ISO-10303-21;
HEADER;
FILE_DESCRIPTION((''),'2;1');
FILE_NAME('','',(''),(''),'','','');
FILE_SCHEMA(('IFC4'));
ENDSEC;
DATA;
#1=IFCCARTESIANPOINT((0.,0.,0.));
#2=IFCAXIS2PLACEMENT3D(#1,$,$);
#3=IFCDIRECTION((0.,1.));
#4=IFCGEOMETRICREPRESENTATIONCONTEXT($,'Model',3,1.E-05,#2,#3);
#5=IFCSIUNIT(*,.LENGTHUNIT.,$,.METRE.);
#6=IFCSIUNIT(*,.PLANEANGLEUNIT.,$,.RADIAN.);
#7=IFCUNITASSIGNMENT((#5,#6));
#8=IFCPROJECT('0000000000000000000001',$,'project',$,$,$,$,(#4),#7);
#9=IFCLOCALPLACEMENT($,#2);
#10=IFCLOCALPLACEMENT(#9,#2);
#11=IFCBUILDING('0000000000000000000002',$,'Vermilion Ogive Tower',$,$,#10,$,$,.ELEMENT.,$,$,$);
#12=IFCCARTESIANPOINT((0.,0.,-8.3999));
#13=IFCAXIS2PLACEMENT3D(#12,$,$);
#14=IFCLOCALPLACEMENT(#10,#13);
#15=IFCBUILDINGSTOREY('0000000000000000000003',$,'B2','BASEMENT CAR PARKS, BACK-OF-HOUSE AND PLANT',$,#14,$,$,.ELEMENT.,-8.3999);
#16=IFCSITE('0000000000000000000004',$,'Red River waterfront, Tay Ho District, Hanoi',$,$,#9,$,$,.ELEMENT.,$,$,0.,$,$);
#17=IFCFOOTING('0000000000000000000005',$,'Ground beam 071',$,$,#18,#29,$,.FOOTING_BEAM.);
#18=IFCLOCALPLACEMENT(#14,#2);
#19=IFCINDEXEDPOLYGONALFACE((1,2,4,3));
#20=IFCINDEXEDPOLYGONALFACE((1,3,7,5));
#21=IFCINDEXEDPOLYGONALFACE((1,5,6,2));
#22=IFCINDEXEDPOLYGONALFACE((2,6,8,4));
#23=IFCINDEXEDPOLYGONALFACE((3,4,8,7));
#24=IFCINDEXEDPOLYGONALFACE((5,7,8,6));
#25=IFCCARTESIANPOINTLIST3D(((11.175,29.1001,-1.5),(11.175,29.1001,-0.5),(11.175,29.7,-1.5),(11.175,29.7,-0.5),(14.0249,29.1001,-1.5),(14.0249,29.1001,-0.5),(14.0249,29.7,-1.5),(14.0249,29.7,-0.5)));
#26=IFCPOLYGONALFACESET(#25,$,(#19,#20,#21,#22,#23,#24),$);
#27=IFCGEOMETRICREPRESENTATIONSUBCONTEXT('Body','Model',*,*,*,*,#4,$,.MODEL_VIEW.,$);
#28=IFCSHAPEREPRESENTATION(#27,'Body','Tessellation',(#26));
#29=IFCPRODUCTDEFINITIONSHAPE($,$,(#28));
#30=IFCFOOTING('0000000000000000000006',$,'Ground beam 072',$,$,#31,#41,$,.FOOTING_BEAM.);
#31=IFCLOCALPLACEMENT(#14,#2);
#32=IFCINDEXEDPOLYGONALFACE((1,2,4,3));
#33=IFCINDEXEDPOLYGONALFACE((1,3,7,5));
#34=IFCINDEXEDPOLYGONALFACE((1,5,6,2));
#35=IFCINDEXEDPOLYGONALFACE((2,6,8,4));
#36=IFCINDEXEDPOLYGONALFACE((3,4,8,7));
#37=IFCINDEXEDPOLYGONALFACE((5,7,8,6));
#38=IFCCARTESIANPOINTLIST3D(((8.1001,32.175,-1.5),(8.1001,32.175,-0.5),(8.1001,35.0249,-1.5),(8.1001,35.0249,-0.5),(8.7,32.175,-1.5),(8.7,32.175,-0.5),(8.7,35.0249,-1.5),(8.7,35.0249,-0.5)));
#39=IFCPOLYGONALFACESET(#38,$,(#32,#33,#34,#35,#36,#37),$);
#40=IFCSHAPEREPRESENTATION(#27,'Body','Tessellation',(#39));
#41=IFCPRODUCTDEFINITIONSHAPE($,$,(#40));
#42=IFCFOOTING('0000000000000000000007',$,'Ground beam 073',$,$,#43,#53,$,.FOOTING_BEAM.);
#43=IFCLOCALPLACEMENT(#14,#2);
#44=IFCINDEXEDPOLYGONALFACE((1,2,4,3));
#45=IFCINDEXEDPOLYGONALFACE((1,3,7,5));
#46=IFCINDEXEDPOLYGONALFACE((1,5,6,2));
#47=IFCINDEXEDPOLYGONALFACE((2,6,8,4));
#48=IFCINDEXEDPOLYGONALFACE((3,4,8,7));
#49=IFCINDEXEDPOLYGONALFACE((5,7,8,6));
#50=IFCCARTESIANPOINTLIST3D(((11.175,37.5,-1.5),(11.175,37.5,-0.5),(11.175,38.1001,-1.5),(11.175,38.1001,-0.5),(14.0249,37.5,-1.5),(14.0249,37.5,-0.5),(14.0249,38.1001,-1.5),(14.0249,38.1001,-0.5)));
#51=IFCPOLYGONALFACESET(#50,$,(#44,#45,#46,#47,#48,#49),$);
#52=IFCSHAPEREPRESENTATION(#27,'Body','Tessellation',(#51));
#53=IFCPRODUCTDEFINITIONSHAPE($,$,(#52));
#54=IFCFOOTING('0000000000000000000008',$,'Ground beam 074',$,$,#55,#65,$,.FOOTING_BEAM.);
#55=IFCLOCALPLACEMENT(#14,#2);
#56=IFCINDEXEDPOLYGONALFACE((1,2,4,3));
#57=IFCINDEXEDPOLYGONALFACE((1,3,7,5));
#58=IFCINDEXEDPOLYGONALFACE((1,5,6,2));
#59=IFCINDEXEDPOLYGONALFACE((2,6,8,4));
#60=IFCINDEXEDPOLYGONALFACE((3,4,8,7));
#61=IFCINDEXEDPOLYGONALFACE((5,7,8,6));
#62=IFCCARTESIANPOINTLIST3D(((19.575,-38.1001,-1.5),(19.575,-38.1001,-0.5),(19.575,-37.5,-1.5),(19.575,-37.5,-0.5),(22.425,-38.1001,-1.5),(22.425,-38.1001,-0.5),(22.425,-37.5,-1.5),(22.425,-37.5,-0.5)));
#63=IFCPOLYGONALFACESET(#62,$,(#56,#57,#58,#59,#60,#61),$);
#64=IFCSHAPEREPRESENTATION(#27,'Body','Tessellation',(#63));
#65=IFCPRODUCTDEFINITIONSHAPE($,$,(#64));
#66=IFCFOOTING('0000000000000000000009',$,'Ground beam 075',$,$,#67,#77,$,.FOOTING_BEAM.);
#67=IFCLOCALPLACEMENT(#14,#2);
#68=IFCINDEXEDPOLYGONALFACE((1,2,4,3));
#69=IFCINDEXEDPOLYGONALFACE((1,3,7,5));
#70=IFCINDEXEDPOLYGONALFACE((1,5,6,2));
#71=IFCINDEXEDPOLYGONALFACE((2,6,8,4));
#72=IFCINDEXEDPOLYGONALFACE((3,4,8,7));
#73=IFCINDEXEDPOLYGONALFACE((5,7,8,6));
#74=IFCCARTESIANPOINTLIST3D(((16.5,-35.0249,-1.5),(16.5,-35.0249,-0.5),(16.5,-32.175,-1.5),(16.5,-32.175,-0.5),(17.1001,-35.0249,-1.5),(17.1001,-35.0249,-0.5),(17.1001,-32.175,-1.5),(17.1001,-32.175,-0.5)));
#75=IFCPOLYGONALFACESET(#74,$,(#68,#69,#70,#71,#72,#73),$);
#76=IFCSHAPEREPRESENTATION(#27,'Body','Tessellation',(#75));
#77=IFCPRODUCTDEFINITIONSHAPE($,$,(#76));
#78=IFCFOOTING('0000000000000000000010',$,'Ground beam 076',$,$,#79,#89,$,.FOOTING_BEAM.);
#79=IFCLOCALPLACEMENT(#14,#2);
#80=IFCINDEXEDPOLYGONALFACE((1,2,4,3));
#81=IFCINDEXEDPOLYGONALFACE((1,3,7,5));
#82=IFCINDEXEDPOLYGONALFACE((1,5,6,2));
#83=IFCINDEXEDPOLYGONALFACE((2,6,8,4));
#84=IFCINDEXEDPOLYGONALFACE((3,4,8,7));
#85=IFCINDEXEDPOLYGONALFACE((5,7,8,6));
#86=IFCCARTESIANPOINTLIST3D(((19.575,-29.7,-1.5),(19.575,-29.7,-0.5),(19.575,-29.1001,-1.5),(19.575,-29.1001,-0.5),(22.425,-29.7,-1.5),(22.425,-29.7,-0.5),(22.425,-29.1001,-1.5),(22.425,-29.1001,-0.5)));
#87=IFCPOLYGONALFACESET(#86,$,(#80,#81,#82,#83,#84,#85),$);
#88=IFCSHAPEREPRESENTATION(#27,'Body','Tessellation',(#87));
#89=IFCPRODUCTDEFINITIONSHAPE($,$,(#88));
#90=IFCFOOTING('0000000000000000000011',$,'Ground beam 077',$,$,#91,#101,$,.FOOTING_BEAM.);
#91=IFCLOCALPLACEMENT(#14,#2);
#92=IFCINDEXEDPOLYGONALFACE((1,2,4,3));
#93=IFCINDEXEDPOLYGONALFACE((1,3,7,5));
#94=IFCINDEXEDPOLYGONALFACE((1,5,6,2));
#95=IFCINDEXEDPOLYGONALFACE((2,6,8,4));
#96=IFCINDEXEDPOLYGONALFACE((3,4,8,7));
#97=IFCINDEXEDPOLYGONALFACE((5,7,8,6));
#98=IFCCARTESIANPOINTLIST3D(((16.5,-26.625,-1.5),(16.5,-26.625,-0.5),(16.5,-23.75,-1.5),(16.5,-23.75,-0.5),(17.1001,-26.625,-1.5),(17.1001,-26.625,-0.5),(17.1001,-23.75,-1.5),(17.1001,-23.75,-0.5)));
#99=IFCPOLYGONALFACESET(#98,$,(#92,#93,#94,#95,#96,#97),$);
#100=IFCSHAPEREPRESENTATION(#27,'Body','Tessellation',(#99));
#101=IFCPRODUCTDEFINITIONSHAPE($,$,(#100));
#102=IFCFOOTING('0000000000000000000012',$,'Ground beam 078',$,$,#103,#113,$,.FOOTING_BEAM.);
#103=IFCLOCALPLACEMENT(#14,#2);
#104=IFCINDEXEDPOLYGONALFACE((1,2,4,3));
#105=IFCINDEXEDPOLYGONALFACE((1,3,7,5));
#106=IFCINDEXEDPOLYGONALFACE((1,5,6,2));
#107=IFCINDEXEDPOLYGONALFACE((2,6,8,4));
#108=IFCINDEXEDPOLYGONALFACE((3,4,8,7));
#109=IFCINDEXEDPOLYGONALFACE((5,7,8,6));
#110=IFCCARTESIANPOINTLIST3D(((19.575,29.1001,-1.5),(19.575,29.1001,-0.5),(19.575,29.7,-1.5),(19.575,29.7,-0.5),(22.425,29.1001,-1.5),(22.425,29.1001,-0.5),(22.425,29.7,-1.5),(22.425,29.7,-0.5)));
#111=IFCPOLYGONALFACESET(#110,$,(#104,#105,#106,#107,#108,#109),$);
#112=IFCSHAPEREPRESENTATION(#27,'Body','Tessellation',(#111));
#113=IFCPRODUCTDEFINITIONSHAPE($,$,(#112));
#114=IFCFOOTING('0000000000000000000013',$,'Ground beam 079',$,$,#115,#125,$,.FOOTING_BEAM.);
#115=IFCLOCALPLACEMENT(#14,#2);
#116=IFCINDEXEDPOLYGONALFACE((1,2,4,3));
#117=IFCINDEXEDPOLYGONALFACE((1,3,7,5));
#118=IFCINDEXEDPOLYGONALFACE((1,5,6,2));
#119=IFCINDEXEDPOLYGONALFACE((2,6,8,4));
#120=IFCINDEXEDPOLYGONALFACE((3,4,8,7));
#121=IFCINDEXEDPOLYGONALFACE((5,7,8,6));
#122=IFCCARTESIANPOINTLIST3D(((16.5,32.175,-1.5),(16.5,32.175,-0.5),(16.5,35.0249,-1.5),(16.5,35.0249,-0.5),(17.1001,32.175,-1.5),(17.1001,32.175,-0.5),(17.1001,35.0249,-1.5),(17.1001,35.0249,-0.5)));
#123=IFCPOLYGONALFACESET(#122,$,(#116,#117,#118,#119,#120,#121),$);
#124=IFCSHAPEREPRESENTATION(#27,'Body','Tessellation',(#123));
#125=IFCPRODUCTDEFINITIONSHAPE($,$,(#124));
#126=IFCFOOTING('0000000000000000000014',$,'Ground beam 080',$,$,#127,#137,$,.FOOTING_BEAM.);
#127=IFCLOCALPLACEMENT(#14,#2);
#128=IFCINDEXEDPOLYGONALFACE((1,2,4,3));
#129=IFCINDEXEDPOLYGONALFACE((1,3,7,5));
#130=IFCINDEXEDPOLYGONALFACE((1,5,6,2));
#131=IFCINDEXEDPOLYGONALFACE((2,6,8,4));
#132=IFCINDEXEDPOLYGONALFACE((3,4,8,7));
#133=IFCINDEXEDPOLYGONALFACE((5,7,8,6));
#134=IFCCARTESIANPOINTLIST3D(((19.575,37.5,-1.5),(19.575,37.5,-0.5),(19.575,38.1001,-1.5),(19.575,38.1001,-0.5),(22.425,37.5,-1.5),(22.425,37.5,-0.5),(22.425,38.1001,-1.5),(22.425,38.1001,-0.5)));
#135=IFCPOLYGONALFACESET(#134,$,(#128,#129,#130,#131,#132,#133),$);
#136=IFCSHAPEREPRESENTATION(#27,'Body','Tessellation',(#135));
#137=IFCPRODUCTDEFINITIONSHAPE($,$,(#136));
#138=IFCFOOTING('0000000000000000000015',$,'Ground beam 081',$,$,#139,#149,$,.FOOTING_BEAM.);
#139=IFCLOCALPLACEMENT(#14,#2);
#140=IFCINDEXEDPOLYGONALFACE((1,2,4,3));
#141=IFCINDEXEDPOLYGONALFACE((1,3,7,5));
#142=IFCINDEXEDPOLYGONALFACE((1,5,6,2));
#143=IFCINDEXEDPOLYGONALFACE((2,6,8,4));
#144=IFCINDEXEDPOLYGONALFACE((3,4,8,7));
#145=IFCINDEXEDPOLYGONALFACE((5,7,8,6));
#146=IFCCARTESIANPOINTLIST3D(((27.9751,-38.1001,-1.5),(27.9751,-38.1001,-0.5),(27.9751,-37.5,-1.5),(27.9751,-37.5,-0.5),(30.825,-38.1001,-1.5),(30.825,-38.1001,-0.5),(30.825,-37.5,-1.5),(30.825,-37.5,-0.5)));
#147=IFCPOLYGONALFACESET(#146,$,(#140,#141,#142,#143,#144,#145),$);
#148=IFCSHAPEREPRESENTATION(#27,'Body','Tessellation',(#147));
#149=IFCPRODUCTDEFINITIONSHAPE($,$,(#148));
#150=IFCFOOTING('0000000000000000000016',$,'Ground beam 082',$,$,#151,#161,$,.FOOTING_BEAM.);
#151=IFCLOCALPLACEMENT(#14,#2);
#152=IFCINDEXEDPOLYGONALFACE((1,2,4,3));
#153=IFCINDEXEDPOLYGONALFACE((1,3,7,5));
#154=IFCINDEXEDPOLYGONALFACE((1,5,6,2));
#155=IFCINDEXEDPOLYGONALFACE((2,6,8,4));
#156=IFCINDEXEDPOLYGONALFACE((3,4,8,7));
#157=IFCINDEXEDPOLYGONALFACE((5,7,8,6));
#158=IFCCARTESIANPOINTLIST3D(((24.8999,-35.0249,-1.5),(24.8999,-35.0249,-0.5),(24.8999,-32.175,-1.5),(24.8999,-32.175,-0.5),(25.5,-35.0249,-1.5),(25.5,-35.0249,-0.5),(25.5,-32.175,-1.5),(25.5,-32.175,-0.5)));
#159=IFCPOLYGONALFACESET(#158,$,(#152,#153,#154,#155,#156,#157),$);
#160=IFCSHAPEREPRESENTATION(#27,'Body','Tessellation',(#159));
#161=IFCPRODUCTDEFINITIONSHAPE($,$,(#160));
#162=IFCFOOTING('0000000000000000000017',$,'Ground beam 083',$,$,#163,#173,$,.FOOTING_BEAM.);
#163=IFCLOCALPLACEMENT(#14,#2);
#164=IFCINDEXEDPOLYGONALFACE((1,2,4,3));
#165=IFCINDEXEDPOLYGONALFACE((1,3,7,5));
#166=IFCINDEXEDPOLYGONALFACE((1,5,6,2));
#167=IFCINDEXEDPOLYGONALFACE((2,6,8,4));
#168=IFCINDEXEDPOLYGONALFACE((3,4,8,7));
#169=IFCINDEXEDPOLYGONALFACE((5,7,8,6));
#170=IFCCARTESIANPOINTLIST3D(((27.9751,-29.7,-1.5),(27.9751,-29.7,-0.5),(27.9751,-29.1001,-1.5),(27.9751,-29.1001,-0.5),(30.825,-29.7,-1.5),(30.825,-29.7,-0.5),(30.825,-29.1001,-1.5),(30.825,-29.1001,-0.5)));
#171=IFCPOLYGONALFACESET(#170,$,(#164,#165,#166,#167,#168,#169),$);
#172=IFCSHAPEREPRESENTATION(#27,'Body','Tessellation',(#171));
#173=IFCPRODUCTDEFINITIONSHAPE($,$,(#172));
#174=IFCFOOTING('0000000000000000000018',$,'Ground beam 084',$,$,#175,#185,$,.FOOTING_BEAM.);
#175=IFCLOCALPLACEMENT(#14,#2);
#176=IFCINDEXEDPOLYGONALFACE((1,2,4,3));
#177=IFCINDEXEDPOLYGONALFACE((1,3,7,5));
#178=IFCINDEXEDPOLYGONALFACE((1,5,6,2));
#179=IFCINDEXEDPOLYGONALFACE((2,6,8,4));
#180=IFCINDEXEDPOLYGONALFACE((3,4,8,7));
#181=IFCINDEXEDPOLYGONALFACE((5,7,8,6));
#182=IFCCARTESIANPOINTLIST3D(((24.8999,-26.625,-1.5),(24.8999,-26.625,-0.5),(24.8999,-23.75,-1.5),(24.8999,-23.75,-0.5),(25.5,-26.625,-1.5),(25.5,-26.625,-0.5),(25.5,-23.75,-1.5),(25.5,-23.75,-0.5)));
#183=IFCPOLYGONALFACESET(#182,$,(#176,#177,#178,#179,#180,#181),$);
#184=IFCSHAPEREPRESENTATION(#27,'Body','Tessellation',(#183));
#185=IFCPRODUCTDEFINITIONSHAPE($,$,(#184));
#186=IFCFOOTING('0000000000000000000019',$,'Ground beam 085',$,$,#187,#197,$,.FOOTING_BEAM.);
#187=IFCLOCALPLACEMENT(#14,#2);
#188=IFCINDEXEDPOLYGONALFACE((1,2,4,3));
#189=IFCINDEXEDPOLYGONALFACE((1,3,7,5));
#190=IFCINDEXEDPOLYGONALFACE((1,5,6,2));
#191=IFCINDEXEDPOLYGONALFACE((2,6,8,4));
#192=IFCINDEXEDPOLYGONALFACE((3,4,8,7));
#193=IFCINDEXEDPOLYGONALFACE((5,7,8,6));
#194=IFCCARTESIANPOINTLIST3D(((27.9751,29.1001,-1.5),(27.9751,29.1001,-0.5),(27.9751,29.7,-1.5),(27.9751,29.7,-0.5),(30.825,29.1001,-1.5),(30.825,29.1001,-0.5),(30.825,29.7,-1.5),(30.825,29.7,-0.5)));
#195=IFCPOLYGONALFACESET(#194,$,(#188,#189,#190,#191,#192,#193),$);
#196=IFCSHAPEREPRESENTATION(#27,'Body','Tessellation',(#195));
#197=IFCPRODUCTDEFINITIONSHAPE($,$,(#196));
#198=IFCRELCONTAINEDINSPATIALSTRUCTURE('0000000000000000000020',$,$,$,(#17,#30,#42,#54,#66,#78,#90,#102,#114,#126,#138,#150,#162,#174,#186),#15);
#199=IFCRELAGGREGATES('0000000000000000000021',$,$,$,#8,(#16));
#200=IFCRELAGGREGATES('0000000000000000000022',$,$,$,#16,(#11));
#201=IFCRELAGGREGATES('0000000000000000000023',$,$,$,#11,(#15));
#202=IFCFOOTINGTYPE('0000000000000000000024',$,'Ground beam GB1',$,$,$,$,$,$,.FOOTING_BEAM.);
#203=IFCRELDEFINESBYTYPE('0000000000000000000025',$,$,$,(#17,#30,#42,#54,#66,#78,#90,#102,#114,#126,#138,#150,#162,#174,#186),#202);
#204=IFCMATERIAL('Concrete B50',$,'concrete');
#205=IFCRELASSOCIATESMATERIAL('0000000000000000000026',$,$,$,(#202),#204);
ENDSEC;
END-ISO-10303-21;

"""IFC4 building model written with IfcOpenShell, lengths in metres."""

from ifc_helpers import new_model, si_unit, direction, frame, origin, place, context, subcontext, project, spatial, polyline, outline, extrude, material, type_object, element, save


model = new_model("IFC4")

# Units and contexts
model_context = context("Model", 3, precision=1e-05, world=origin(), true_north=direction((0.0, 1.0)))
body_context = subcontext(model_context, "Body", "Model", "MODEL_VIEW")
ifc_project = project(units=[si_unit("LENGTHUNIT", "METRE"), si_unit("PLANEANGLEUNIT", "RADIAN")], contexts=[model_context])

# Site, building, storey
site_placement = place(None, origin())
site = spatial("IfcSite", under=ifc_project, at=site_placement, Name="Red River waterfront, Tay Ho District, Hanoi", CompositionType="ELEMENT", RefElevation=0.0)
building_placement = place(site_placement, origin())
building = spatial("IfcBuilding", under=site, at=building_placement, Name="Vermilion Ogive Tower", CompositionType="ELEMENT")
storey_placement = place(building_placement, frame((0.0, 0.0, -8.3999)))
storey = spatial("IfcBuildingStorey", under=building, at=storey_placement, Name="B2", Description="BASEMENT CAR PARKS, BACK-OF-HOUSE AND PLANT", CompositionType="ELEMENT", Elevation=-8.3999)

# Footings
ifc_material = material(Name="Concrete B50", Category="concrete")
footing_type = type_object("IfcFootingType", Name="Ground beam GB1", PredefinedType="FOOTING_BEAM", material=ifc_material)
footing_1_placement = place(storey_placement, frame((0.0, 0.0, -1.5)))
element("IfcFooting", 1, at=footing_1_placement, inside=storey, type_object=footing_type, Name="Ground beam 071", PredefinedType="FOOTING_BEAM", context=body_context, shape_type="SweptSolid", body=[
    extrude(outline(polyline([(14.0249, 29.1001), (14.0249, 29.7), (11.175, 29.7), (11.175, 29.1001), (14.0249, 29.1001)])), origin(), (0.0, 0.0, 1.0), 1.0),
])
footing_2_placement = place(storey_placement, frame((0.0, 0.0, -1.5)))
element("IfcFooting", 2, at=footing_2_placement, inside=storey, type_object=footing_type, Name="Ground beam 072", PredefinedType="FOOTING_BEAM", context=body_context, shape_type="SweptSolid", body=[
    extrude(outline(polyline([(8.7, 32.175), (8.7, 35.0249), (8.1001, 35.0249), (8.1001, 32.175), (8.7, 32.175)])), origin(), (0.0, 0.0, 1.0), 1.0),
])
footing_3_placement = place(storey_placement, frame((0.0, 0.0, -1.5)))
element("IfcFooting", 3, at=footing_3_placement, inside=storey, type_object=footing_type, Name="Ground beam 073", PredefinedType="FOOTING_BEAM", context=body_context, shape_type="SweptSolid", body=[
    extrude(outline(polyline([(14.0249, 37.5), (14.0249, 38.1001), (11.175, 38.1001), (11.175, 37.5), (14.0249, 37.5)])), origin(), (0.0, 0.0, 1.0), 1.0),
])
footing_4_placement = place(storey_placement, frame((0.0, 0.0, -1.5)))
element("IfcFooting", 4, at=footing_4_placement, inside=storey, type_object=footing_type, Name="Ground beam 074", PredefinedType="FOOTING_BEAM", context=body_context, shape_type="SweptSolid", body=[
    extrude(outline(polyline([(22.425, -38.1001), (22.425, -37.5), (19.575, -37.5), (19.575, -38.1001), (22.425, -38.1001)])), origin(), (0.0, 0.0, 1.0), 1.0),
])
footing_5_placement = place(storey_placement, frame((0.0, 0.0, -1.5)))
element("IfcFooting", 5, at=footing_5_placement, inside=storey, type_object=footing_type, Name="Ground beam 075", PredefinedType="FOOTING_BEAM", context=body_context, shape_type="SweptSolid", body=[
    extrude(outline(polyline([(17.1001, -35.0249), (17.1001, -32.175), (16.5, -32.175), (16.5, -35.0249), (17.1001, -35.0249)])), origin(), (0.0, 0.0, 1.0), 1.0),
])
footing_6_placement = place(storey_placement, frame((0.0, 0.0, -1.5)))
element("IfcFooting", 6, at=footing_6_placement, inside=storey, type_object=footing_type, Name="Ground beam 076", PredefinedType="FOOTING_BEAM", context=body_context, shape_type="SweptSolid", body=[
    extrude(outline(polyline([(22.425, -29.7), (22.425, -29.1001), (19.575, -29.1001), (19.575, -29.7), (22.425, -29.7)])), origin(), (0.0, 0.0, 1.0), 1.0),
])
footing_7_placement = place(storey_placement, frame((0.0, 0.0, -1.5)))
element("IfcFooting", 7, at=footing_7_placement, inside=storey, type_object=footing_type, Name="Ground beam 077", PredefinedType="FOOTING_BEAM", context=body_context, shape_type="SweptSolid", body=[
    extrude(outline(polyline([(17.1001, -26.625), (17.1001, -23.75), (16.5, -23.75), (16.5, -26.625), (17.1001, -26.625)])), origin(), (0.0, 0.0, 1.0), 1.0),
])
footing_8_placement = place(storey_placement, frame((0.0, 0.0, -1.5)))
element("IfcFooting", 8, at=footing_8_placement, inside=storey, type_object=footing_type, Name="Ground beam 078", PredefinedType="FOOTING_BEAM", context=body_context, shape_type="SweptSolid", body=[
    extrude(outline(polyline([(22.425, 29.1001), (22.425, 29.7), (19.575, 29.7), (19.575, 29.1001), (22.425, 29.1001)])), origin(), (0.0, 0.0, 1.0), 1.0),
])
footing_9_placement = place(storey_placement, frame((0.0, 0.0, -1.5)))
element("IfcFooting", 9, at=footing_9_placement, inside=storey, type_object=footing_type, Name="Ground beam 079", PredefinedType="FOOTING_BEAM", context=body_context, shape_type="SweptSolid", body=[
    extrude(outline(polyline([(17.1001, 32.175), (17.1001, 35.0249), (16.5, 35.0249), (16.5, 32.175), (17.1001, 32.175)])), origin(), (0.0, 0.0, 1.0), 1.0),
])
footing_10_placement = place(storey_placement, frame((0.0, 0.0, -1.5)))
element("IfcFooting", 10, at=footing_10_placement, inside=storey, type_object=footing_type, Name="Ground beam 080", PredefinedType="FOOTING_BEAM", context=body_context, shape_type="SweptSolid", body=[
    extrude(outline(polyline([(22.425, 37.5), (22.425, 38.1001), (19.575, 38.1001), (19.575, 37.5), (22.425, 37.5)])), origin(), (0.0, 0.0, 1.0), 1.0),
])
footing_11_placement = place(storey_placement, frame((0.0, 0.0, -1.5)))
element("IfcFooting", 11, at=footing_11_placement, inside=storey, type_object=footing_type, Name="Ground beam 081", PredefinedType="FOOTING_BEAM", context=body_context, shape_type="SweptSolid", body=[
    extrude(outline(polyline([(30.825, -38.1001), (30.825, -37.5), (27.9751, -37.5), (27.9751, -38.1001), (30.825, -38.1001)])), origin(), (0.0, 0.0, 1.0), 1.0),
])
footing_12_placement = place(storey_placement, frame((0.0, 0.0, -1.5)))
element("IfcFooting", 12, at=footing_12_placement, inside=storey, type_object=footing_type, Name="Ground beam 082", PredefinedType="FOOTING_BEAM", context=body_context, shape_type="SweptSolid", body=[
    extrude(outline(polyline([(25.5, -35.0249), (25.5, -32.175), (24.8999, -32.175), (24.8999, -35.0249), (25.5, -35.0249)])), origin(), (0.0, 0.0, 1.0), 1.0),
])
footing_13_placement = place(storey_placement, frame((0.0, 0.0, -1.5)))
element("IfcFooting", 13, at=footing_13_placement, inside=storey, type_object=footing_type, Name="Ground beam 083", PredefinedType="FOOTING_BEAM", context=body_context, shape_type="SweptSolid", body=[
    extrude(outline(polyline([(30.825, -29.7), (30.825, -29.1001), (27.9751, -29.1001), (27.9751, -29.7), (30.825, -29.7)])), origin(), (0.0, 0.0, 1.0), 1.0),
])
footing_14_placement = place(storey_placement, frame((0.0, 0.0, -1.5)))
element("IfcFooting", 14, at=footing_14_placement, inside=storey, type_object=footing_type, Name="Ground beam 084", PredefinedType="FOOTING_BEAM", context=body_context, shape_type="SweptSolid", body=[
    extrude(outline(polyline([(25.5, -26.625), (25.5, -23.75), (24.8999, -23.75), (24.8999, -26.625), (25.5, -26.625)])), origin(), (0.0, 0.0, 1.0), 1.0),
])
footing_15_placement = place(storey_placement, frame((0.0, 0.0, -1.5)))
element("IfcFooting", 15, at=footing_15_placement, inside=storey, type_object=footing_type, Name="Ground beam 085", PredefinedType="FOOTING_BEAM", context=body_context, shape_type="SweptSolid", body=[
    extrude(outline(polyline([(30.825, 29.1001), (30.825, 29.7), (27.9751, 29.7), (27.9751, 29.1001), (30.825, 29.1001)])), origin(), (0.0, 0.0, 1.0), 1.0),
])

save(model, "model.ifc")
